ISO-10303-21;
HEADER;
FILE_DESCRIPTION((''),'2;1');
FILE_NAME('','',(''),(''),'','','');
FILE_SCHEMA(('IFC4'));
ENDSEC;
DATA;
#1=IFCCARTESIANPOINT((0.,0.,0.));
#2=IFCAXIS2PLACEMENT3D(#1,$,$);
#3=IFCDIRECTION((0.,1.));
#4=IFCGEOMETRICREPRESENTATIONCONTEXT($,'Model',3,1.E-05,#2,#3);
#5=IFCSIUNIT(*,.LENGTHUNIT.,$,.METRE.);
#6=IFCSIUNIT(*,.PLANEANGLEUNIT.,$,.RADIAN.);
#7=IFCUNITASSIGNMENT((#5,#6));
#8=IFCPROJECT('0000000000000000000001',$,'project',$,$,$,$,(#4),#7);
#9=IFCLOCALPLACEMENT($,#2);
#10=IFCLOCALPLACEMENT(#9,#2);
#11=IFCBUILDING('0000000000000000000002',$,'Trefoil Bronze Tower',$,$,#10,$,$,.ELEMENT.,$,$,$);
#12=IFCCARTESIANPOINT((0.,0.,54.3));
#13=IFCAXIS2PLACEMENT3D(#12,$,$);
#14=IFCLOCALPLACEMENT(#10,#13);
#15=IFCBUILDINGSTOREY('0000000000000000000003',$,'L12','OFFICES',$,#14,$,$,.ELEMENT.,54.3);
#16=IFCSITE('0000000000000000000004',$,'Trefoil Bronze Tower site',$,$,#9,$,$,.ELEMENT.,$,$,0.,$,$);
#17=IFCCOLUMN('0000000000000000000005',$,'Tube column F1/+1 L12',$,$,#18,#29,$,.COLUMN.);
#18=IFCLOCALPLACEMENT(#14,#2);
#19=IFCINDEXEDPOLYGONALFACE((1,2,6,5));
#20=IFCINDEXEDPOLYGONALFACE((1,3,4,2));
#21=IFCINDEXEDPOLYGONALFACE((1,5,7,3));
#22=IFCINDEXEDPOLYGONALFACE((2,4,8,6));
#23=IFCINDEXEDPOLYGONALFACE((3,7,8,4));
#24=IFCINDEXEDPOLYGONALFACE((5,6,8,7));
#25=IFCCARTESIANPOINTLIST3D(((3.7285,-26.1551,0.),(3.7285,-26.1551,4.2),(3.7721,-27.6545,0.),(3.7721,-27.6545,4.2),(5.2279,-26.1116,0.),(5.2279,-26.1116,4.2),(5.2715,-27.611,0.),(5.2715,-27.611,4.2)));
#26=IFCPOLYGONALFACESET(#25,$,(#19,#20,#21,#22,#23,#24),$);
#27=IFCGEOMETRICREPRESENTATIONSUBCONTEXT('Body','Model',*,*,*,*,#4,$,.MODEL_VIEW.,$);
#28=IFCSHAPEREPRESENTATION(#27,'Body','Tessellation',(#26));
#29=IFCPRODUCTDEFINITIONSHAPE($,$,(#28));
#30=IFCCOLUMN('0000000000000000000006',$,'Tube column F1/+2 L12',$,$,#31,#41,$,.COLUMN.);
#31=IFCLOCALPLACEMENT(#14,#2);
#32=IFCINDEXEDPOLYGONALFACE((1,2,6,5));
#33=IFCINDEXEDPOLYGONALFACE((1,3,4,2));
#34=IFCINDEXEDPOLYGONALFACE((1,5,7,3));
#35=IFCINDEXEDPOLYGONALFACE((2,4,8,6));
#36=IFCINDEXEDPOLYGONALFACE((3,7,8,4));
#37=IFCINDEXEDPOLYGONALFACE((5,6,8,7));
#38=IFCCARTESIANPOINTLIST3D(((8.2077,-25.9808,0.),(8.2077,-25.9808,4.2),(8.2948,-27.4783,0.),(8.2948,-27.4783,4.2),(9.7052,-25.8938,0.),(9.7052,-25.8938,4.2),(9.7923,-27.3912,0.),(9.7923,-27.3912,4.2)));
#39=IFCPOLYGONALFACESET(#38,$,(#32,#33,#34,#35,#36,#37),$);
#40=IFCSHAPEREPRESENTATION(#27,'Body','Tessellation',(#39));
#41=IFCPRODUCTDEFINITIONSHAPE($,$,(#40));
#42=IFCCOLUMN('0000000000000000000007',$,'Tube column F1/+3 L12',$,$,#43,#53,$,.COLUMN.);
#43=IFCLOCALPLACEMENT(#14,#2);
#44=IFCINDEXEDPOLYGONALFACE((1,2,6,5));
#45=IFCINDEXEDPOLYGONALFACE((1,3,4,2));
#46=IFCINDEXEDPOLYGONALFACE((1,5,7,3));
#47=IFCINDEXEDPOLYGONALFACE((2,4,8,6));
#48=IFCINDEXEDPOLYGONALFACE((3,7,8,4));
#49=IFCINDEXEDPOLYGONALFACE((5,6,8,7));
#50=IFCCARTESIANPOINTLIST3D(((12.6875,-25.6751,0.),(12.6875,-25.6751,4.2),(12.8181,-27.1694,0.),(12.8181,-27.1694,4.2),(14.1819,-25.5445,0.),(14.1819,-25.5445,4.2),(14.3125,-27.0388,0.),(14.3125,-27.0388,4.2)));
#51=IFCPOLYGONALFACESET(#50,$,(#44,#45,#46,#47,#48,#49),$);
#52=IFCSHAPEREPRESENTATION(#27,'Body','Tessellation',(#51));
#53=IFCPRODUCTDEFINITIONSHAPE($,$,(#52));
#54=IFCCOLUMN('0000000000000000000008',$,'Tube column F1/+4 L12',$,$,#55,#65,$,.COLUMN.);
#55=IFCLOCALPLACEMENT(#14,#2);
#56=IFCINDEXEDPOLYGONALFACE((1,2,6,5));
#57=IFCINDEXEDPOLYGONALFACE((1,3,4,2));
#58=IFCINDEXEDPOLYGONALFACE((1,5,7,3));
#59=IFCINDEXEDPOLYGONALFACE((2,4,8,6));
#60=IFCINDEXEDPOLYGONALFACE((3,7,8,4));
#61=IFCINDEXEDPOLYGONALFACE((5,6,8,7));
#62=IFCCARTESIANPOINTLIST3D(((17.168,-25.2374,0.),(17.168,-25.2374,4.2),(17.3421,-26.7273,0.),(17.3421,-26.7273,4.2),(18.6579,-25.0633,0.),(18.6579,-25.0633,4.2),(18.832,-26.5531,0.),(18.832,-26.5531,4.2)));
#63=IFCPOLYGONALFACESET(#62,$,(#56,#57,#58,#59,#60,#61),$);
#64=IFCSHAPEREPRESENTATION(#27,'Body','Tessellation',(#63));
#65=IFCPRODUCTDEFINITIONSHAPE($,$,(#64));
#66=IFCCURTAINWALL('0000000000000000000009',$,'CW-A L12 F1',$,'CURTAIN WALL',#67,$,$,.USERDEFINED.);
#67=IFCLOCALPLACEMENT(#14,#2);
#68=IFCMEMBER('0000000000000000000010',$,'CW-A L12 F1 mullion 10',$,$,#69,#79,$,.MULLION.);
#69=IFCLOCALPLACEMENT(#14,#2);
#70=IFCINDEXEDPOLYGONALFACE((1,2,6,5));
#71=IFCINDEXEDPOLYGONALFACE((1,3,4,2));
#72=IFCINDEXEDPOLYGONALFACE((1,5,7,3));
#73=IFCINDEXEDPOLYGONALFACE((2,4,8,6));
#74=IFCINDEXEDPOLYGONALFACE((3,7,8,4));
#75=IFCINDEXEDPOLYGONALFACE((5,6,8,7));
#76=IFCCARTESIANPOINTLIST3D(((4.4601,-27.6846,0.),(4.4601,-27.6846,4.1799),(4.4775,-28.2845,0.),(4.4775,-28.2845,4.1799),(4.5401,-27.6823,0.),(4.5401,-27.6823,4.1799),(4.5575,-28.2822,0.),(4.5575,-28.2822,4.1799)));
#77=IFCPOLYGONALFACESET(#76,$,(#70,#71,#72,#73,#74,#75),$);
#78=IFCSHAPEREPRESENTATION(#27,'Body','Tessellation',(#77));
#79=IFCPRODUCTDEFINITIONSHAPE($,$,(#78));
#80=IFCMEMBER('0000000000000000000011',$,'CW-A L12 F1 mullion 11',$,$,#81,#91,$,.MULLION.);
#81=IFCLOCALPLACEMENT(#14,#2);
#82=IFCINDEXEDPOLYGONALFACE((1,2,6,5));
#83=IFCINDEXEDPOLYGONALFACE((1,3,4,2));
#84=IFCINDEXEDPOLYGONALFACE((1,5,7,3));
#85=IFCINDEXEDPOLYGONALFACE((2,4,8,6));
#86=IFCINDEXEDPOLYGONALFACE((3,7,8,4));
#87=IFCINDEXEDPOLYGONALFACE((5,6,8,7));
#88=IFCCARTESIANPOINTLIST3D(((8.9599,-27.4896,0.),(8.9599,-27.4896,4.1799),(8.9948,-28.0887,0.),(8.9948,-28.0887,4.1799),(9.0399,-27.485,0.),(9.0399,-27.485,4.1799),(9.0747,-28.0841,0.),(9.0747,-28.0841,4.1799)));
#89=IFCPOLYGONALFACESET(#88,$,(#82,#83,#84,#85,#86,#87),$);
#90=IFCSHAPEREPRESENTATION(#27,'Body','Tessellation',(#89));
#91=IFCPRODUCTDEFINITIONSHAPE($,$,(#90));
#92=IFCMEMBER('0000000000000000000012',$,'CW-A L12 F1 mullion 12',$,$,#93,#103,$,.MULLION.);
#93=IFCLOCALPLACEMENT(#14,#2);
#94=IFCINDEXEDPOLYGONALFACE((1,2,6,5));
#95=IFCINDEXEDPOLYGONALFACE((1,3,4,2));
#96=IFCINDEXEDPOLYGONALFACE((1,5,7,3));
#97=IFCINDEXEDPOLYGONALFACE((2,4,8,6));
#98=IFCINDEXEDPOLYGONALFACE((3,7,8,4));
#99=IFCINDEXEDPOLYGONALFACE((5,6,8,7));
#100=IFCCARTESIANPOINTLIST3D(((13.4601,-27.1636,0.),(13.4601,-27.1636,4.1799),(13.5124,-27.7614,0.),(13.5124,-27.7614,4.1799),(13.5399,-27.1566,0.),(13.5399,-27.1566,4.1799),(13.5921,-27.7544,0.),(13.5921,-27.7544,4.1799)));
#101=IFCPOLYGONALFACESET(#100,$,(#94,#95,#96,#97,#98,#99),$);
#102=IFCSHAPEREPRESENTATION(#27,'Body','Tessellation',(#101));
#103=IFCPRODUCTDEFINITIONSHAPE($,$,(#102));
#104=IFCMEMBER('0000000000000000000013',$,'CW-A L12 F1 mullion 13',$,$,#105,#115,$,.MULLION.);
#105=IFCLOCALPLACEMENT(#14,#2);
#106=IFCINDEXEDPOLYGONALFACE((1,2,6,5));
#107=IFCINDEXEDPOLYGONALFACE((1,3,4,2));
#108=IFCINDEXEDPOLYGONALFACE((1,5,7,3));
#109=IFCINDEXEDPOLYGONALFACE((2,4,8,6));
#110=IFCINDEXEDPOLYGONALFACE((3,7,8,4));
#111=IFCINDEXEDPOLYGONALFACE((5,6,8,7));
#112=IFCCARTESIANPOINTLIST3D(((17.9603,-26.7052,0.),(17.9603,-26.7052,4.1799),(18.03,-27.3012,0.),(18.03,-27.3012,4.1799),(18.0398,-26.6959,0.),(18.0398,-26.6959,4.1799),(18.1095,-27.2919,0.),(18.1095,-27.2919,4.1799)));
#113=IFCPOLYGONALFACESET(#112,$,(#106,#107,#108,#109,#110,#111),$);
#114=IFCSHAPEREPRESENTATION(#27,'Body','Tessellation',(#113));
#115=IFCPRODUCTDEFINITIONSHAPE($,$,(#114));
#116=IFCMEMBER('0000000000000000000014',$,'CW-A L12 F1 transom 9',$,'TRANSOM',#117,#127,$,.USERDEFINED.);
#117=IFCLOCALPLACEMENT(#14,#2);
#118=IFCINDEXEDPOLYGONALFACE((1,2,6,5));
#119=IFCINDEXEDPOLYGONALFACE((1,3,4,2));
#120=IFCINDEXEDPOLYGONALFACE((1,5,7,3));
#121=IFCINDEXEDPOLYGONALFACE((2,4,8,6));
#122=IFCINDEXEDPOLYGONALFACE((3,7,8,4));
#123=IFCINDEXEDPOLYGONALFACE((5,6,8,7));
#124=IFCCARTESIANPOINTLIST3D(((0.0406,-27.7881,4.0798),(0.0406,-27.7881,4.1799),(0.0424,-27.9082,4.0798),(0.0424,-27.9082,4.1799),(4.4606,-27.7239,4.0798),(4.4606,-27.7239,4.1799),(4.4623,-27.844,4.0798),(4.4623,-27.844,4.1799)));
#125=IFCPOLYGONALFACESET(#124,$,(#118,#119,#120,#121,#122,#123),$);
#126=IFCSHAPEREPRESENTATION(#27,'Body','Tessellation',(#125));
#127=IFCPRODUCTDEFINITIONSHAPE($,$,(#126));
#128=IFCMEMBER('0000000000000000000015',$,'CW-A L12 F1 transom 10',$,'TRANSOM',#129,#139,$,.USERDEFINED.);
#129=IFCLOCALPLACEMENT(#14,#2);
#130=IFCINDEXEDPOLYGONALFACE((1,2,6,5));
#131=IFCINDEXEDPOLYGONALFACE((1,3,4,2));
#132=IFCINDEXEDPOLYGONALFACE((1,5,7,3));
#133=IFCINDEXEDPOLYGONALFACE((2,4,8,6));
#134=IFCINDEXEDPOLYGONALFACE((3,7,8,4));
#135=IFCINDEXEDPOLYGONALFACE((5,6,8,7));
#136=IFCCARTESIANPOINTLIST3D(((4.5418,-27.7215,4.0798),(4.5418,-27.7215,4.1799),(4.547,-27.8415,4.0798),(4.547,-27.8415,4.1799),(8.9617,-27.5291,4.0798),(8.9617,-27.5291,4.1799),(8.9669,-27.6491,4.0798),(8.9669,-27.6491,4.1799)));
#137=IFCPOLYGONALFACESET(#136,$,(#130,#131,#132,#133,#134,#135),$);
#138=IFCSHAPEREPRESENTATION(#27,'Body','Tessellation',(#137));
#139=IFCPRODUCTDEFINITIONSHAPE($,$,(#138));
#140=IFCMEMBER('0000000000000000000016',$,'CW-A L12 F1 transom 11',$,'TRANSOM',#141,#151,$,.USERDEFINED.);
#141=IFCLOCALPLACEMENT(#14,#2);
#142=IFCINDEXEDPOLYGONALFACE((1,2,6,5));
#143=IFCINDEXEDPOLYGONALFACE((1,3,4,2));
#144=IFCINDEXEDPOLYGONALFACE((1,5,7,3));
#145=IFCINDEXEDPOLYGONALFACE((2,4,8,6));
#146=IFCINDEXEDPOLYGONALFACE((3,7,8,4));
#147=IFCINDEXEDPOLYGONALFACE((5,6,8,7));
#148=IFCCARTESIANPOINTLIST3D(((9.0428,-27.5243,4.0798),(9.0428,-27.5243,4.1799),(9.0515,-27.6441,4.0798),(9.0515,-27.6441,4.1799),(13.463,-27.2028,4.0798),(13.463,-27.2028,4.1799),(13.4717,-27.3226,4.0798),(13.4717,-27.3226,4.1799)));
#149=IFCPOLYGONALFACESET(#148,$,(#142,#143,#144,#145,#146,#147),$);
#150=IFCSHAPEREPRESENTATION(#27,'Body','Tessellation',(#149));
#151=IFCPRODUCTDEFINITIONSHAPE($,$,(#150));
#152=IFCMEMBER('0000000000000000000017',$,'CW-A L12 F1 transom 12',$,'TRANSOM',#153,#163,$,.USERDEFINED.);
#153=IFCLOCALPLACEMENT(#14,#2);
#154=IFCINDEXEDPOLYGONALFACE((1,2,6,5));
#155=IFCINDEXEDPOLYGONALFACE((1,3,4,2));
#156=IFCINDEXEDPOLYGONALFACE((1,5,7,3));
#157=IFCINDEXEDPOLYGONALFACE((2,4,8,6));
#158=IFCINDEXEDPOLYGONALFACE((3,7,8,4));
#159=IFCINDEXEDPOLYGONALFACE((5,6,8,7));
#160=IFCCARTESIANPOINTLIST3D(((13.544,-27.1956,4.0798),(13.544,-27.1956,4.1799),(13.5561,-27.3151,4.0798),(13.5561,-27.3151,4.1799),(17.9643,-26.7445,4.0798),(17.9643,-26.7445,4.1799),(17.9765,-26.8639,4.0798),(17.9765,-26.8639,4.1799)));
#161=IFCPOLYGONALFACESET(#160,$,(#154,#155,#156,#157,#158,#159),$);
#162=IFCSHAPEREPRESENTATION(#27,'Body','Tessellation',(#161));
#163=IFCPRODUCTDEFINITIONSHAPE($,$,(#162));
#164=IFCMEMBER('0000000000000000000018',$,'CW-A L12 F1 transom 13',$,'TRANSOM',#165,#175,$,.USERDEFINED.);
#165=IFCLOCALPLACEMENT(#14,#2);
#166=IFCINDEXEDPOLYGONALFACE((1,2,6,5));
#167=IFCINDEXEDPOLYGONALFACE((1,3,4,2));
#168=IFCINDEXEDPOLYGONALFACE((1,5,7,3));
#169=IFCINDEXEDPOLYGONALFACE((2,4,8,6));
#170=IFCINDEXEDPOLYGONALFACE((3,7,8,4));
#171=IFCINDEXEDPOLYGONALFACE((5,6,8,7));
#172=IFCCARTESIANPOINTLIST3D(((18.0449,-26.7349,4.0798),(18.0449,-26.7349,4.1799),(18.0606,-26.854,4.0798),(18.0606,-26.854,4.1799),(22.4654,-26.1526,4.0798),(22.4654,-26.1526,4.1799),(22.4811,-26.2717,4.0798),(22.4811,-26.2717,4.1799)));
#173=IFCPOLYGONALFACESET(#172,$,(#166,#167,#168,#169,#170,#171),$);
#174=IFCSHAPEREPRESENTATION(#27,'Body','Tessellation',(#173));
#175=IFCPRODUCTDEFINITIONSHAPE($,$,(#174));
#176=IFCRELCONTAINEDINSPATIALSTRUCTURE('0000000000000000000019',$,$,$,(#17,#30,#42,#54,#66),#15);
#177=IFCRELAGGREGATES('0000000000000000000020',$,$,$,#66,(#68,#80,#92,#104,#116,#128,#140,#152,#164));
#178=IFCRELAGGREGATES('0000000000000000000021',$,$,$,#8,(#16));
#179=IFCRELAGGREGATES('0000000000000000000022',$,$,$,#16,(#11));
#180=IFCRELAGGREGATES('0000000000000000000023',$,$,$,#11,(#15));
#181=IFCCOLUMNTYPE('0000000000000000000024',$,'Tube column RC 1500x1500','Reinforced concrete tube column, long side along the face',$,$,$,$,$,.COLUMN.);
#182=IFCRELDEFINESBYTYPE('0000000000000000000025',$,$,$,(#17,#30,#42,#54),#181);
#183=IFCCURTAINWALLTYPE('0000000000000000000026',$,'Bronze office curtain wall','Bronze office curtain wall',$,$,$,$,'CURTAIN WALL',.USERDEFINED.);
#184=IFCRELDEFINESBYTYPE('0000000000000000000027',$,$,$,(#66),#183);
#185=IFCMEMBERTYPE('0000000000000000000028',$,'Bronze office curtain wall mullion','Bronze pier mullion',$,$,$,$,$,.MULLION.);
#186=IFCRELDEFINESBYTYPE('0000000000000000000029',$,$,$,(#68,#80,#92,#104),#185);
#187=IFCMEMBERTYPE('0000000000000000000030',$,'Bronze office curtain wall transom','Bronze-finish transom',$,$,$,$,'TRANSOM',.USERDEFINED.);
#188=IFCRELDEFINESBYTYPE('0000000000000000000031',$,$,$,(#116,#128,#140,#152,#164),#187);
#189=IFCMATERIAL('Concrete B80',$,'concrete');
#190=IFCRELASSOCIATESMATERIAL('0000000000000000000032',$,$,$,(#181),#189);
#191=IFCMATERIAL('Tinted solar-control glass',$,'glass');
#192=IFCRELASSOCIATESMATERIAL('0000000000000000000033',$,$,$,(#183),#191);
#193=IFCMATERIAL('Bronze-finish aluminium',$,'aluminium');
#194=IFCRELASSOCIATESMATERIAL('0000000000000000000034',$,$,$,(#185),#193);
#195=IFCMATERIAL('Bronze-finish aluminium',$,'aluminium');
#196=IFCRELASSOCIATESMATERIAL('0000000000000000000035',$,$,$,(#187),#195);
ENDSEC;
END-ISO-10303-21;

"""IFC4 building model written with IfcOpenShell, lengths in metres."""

from ifc_helpers import new_model, si_unit, direction, frame, origin, origin_2d, place, context, subcontext, project, spatial, rectangle, extrude, material, material_profile, profile_set, type_object, element, aggregate, save


model = new_model("IFC4")

# Units and contexts
model_context = context("Model", 3, precision=1e-05, world=origin(), true_north=direction((0.0, 1.0)))
body_context = subcontext(model_context, "Body", "Model", "MODEL_VIEW")
ifc_project = project(units=[si_unit("LENGTHUNIT", "METRE"), si_unit("PLANEANGLEUNIT", "RADIAN")], contexts=[model_context])

# Site, building, storey
site_placement = place(None, origin())
site = spatial("IfcSite", under=ifc_project, at=site_placement, Name="Trefoil Bronze Tower site", CompositionType="ELEMENT", RefElevation=0.0)
building_placement = place(site_placement, origin())
building = spatial("IfcBuilding", under=site, at=building_placement, Name="Trefoil Bronze Tower", CompositionType="ELEMENT")
storey_placement = place(building_placement, frame((0.0, 0.0, 54.3)))
storey = spatial("IfcBuildingStorey", under=building, at=storey_placement, Name="L12", Description="OFFICES", CompositionType="ELEMENT", Elevation=54.3)

# Columns
ifc_material_1 = material(Name="Concrete B80", Category="concrete")
ifc_material_profile_1 = material_profile(ifc_material_1, rectangle(XDim=1.5, YDim=1.5, at=origin_2d()), Name="RC 1500x1500")
ifc_profile_set_1 = profile_set([ifc_material_profile_1], Name="Concrete B80")
column_type = type_object("IfcColumnType", Name="Tube column RC 1500x1500", Description="Reinforced concrete tube column, long side along the face", PredefinedType="COLUMN", material=ifc_profile_set_1)
for number, where, z_axis, x_axis, name in (
    (1, (4.5, -26.8831, 0.0), (0.0, 0.0, 1.0), (0.999579, 0.029022, 0.0), "Tube column F1/+1 L12"),
    (2, (9.0, -26.686, 0.0), (0.0, 0.0, 1.0), (0.998314, 0.058043, 0.0), "Tube column F1/+2 L12"),
    (3, (13.5, -26.3569, 0.0), (0.0, 0.0, 1.0), (0.996203, 0.087065, 0.0), "Tube column F1/+3 L12"),
    (4, (18.0, -25.8953, 0.0), (0.0, 0.0, 1.0), (0.993239, 0.116087, 0.0), "Tube column F1/+4 L12"),
):
    element("IfcColumn", number, at=place(storey_placement, frame(where, z_axis=z_axis, x_axis=x_axis)), inside=storey, type_object=column_type, Name=name, PredefinedType="COLUMN", context=body_context, shape_type="SweptSolid", body=[
        extrude(rectangle(XDim=1.5, YDim=1.5, at=origin_2d()), origin(), (0.0, 0.0, 1.0), 4.2),
    ])

# Curtain wall, members
ifc_material_2 = material(Name="Tinted solar-control glass", Category="glass")
curtain_wall_type = type_object("IfcCurtainWallType", Name="Bronze office curtain wall", Description="Bronze office curtain wall", ElementType="CURTAIN WALL", PredefinedType="USERDEFINED", material=ifc_material_2)
curtain_wall_placement = place(storey_placement, origin())
curtain_wall = element("IfcCurtainWall", 5, at=curtain_wall_placement, inside=storey, type_object=curtain_wall_type, Name="CW-A L12 F1", ObjectType="CURTAIN WALL", PredefinedType="USERDEFINED")
ifc_material_3 = material(Name="Bronze-finish aluminium", Category="aluminium")
ifc_material_profile_2 = material_profile(ifc_material_3, rectangle(XDim=0.6001, YDim=0.0801, at=origin_2d()), Name="CW-A mullion")
ifc_profile_set_2 = profile_set([ifc_material_profile_2], Name="Bronze-finish aluminium")
member_type_1 = type_object("IfcMemberType", Name="Bronze office curtain wall mullion", Description="Bronze pier mullion", PredefinedType="MULLION", material=ifc_profile_set_2)
member_1_placement = place(storey_placement, frame((4.5088, -27.9834, 0.0), z_axis=(0.0, 0.0, 1.0), x_axis=(-0.029022, 0.999579, 0.0)))
member_1 = element("IfcMember", 6, at=member_1_placement, type_object=member_type_1, Name="CW-A L12 F1 mullion 10", PredefinedType="MULLION", context=body_context, shape_type="SweptSolid", body=[
    extrude(rectangle(XDim=0.6001, YDim=0.0801, at=origin_2d()), origin(), (0.0, 0.0, 1.0), 4.1799),
])
member_2_placement = place(storey_placement, frame((9.0173, -27.7869, 0.0), z_axis=(0.0, 0.0, 1.0), x_axis=(-0.058043, 0.998314, 0.0)))
member_2 = element("IfcMember", 7, at=member_2_placement, type_object=member_type_1, Name="CW-A L12 F1 mullion 11", PredefinedType="MULLION", context=body_context, shape_type="SweptSolid", body=[
    extrude(rectangle(XDim=0.6001, YDim=0.0801, at=origin_2d()), origin(), (0.0, 0.0, 1.0), 4.1799),
])
member_3_placement = place(storey_placement, frame((13.5261, -27.459, 0.0), z_axis=(0.0, 0.0, 1.0), x_axis=(-0.087065, 0.996203, 0.0)))
member_3 = element("IfcMember", 8, at=member_3_placement, type_object=member_type_1, Name="CW-A L12 F1 mullion 12", PredefinedType="MULLION", context=body_context, shape_type="SweptSolid", body=[
    extrude(rectangle(XDim=0.6001, YDim=0.0801, at=origin_2d()), origin(), (0.0, 0.0, 1.0), 4.1799),
])
member_4_placement = place(storey_placement, frame((18.0349, -26.9985, 0.0), z_axis=(0.0, 0.0, 1.0), x_axis=(-0.116087, 0.993239, 0.0)))
member_4 = element("IfcMember", 9, at=member_4_placement, type_object=member_type_1, Name="CW-A L12 F1 mullion 13", PredefinedType="MULLION", context=body_context, shape_type="SweptSolid", body=[
    extrude(rectangle(XDim=0.6001, YDim=0.0801, at=origin_2d()), origin(), (0.0, 0.0, 1.0), 4.1799),
])
ifc_material_4 = material(Name="Bronze-finish aluminium", Category="aluminium")
ifc_material_profile_3 = material_profile(ifc_material_4, rectangle(XDim=0.1201, YDim=0.1001, at=origin_2d()), Name="CW-A transom")
ifc_profile_set_3 = profile_set([ifc_material_profile_3], Name="Bronze-finish aluminium")
member_type_2 = type_object("IfcMemberType", Name="Bronze office curtain wall transom", Description="Bronze-finish transom", ElementType="TRANSOM", PredefinedType="USERDEFINED", material=ifc_profile_set_3)
member_5_placement = place(storey_placement, frame((0.0415, -27.8481, 4.1299), z_axis=(0.999894, 0.014526, 0.0), x_axis=(-0.014526, 0.999894, 0.0)))
member_5 = element("IfcMember", 10, at=member_5_placement, type_object=member_type_2, Name="CW-A L12 F1 transom 9", ObjectType="TRANSOM", PredefinedType="USERDEFINED", context=body_context, shape_type="SweptSolid", body=[
    extrude(rectangle(XDim=0.1201, YDim=0.1001, at=origin_2d()), origin(), (0.0, 0.0, 1.0), 4.4204),
])
member_6_placement = place(storey_placement, frame((4.5444, -27.7815, 4.1299), z_axis=(0.999054, 0.043485, 0.0), x_axis=(-0.043485, 0.999054, 0.0)))
member_6 = element("IfcMember", 11, at=member_6_placement, type_object=member_type_2, Name="CW-A L12 F1 transom 10", ObjectType="TRANSOM", PredefinedType="USERDEFINED", context=body_context, shape_type="SweptSolid", body=[
    extrude(rectangle(XDim=0.1201, YDim=0.1001, at=origin_2d()), origin(), (0.0, 0.0, 1.0), 4.4241),
])
member_7_placement = place(storey_placement, frame((9.0471, -27.5842, 4.1299), z_axis=(0.997365, 0.072551, 0.0), x_axis=(-0.072551, 0.997365, 0.0)))
member_7 = element("IfcMember", 12, at=member_7_placement, type_object=member_type_2, Name="CW-A L12 F1 transom 11", ObjectType="TRANSOM", PredefinedType="USERDEFINED", context=body_context, shape_type="SweptSolid", body=[
    extrude(rectangle(XDim=0.1201, YDim=0.1001, at=origin_2d()), origin(), (0.0, 0.0, 1.0), 4.4319),
])
member_8_placement = place(storey_placement, frame((13.55, -27.2554, 4.1299), z_axis=(0.994832, 0.101538, 0.0), x_axis=(-0.101538, 0.994832, 0.0)))
member_8 = element("IfcMember", 13, at=member_8_placement, type_object=member_type_2, Name="CW-A L12 F1 transom 12", ObjectType="TRANSOM", PredefinedType="USERDEFINED", context=body_context, shape_type="SweptSolid", body=[
    extrude(rectangle(XDim=0.1201, YDim=0.1001, at=origin_2d()), origin(), (0.0, 0.0, 1.0), 4.4434),
])
member_9_placement = place(storey_placement, frame((18.0527, -26.7944, 4.1299), z_axis=(0.991437, 0.130589, 0.0), x_axis=(-0.130589, 0.991437, 0.0)))
member_9 = element("IfcMember", 14, at=member_9_placement, type_object=member_type_2, Name="CW-A L12 F1 transom 13", ObjectType="TRANSOM", PredefinedType="USERDEFINED", context=body_context, shape_type="SweptSolid", body=[
    extrude(rectangle(XDim=0.1201, YDim=0.1001, at=origin_2d()), origin(), (0.0, 0.0, 1.0), 4.4587),
])

aggregate(curtain_wall, [member_1, member_2, member_3, member_4, member_5, member_6, member_7, member_8, member_9])

save(model, "model.ifc")
